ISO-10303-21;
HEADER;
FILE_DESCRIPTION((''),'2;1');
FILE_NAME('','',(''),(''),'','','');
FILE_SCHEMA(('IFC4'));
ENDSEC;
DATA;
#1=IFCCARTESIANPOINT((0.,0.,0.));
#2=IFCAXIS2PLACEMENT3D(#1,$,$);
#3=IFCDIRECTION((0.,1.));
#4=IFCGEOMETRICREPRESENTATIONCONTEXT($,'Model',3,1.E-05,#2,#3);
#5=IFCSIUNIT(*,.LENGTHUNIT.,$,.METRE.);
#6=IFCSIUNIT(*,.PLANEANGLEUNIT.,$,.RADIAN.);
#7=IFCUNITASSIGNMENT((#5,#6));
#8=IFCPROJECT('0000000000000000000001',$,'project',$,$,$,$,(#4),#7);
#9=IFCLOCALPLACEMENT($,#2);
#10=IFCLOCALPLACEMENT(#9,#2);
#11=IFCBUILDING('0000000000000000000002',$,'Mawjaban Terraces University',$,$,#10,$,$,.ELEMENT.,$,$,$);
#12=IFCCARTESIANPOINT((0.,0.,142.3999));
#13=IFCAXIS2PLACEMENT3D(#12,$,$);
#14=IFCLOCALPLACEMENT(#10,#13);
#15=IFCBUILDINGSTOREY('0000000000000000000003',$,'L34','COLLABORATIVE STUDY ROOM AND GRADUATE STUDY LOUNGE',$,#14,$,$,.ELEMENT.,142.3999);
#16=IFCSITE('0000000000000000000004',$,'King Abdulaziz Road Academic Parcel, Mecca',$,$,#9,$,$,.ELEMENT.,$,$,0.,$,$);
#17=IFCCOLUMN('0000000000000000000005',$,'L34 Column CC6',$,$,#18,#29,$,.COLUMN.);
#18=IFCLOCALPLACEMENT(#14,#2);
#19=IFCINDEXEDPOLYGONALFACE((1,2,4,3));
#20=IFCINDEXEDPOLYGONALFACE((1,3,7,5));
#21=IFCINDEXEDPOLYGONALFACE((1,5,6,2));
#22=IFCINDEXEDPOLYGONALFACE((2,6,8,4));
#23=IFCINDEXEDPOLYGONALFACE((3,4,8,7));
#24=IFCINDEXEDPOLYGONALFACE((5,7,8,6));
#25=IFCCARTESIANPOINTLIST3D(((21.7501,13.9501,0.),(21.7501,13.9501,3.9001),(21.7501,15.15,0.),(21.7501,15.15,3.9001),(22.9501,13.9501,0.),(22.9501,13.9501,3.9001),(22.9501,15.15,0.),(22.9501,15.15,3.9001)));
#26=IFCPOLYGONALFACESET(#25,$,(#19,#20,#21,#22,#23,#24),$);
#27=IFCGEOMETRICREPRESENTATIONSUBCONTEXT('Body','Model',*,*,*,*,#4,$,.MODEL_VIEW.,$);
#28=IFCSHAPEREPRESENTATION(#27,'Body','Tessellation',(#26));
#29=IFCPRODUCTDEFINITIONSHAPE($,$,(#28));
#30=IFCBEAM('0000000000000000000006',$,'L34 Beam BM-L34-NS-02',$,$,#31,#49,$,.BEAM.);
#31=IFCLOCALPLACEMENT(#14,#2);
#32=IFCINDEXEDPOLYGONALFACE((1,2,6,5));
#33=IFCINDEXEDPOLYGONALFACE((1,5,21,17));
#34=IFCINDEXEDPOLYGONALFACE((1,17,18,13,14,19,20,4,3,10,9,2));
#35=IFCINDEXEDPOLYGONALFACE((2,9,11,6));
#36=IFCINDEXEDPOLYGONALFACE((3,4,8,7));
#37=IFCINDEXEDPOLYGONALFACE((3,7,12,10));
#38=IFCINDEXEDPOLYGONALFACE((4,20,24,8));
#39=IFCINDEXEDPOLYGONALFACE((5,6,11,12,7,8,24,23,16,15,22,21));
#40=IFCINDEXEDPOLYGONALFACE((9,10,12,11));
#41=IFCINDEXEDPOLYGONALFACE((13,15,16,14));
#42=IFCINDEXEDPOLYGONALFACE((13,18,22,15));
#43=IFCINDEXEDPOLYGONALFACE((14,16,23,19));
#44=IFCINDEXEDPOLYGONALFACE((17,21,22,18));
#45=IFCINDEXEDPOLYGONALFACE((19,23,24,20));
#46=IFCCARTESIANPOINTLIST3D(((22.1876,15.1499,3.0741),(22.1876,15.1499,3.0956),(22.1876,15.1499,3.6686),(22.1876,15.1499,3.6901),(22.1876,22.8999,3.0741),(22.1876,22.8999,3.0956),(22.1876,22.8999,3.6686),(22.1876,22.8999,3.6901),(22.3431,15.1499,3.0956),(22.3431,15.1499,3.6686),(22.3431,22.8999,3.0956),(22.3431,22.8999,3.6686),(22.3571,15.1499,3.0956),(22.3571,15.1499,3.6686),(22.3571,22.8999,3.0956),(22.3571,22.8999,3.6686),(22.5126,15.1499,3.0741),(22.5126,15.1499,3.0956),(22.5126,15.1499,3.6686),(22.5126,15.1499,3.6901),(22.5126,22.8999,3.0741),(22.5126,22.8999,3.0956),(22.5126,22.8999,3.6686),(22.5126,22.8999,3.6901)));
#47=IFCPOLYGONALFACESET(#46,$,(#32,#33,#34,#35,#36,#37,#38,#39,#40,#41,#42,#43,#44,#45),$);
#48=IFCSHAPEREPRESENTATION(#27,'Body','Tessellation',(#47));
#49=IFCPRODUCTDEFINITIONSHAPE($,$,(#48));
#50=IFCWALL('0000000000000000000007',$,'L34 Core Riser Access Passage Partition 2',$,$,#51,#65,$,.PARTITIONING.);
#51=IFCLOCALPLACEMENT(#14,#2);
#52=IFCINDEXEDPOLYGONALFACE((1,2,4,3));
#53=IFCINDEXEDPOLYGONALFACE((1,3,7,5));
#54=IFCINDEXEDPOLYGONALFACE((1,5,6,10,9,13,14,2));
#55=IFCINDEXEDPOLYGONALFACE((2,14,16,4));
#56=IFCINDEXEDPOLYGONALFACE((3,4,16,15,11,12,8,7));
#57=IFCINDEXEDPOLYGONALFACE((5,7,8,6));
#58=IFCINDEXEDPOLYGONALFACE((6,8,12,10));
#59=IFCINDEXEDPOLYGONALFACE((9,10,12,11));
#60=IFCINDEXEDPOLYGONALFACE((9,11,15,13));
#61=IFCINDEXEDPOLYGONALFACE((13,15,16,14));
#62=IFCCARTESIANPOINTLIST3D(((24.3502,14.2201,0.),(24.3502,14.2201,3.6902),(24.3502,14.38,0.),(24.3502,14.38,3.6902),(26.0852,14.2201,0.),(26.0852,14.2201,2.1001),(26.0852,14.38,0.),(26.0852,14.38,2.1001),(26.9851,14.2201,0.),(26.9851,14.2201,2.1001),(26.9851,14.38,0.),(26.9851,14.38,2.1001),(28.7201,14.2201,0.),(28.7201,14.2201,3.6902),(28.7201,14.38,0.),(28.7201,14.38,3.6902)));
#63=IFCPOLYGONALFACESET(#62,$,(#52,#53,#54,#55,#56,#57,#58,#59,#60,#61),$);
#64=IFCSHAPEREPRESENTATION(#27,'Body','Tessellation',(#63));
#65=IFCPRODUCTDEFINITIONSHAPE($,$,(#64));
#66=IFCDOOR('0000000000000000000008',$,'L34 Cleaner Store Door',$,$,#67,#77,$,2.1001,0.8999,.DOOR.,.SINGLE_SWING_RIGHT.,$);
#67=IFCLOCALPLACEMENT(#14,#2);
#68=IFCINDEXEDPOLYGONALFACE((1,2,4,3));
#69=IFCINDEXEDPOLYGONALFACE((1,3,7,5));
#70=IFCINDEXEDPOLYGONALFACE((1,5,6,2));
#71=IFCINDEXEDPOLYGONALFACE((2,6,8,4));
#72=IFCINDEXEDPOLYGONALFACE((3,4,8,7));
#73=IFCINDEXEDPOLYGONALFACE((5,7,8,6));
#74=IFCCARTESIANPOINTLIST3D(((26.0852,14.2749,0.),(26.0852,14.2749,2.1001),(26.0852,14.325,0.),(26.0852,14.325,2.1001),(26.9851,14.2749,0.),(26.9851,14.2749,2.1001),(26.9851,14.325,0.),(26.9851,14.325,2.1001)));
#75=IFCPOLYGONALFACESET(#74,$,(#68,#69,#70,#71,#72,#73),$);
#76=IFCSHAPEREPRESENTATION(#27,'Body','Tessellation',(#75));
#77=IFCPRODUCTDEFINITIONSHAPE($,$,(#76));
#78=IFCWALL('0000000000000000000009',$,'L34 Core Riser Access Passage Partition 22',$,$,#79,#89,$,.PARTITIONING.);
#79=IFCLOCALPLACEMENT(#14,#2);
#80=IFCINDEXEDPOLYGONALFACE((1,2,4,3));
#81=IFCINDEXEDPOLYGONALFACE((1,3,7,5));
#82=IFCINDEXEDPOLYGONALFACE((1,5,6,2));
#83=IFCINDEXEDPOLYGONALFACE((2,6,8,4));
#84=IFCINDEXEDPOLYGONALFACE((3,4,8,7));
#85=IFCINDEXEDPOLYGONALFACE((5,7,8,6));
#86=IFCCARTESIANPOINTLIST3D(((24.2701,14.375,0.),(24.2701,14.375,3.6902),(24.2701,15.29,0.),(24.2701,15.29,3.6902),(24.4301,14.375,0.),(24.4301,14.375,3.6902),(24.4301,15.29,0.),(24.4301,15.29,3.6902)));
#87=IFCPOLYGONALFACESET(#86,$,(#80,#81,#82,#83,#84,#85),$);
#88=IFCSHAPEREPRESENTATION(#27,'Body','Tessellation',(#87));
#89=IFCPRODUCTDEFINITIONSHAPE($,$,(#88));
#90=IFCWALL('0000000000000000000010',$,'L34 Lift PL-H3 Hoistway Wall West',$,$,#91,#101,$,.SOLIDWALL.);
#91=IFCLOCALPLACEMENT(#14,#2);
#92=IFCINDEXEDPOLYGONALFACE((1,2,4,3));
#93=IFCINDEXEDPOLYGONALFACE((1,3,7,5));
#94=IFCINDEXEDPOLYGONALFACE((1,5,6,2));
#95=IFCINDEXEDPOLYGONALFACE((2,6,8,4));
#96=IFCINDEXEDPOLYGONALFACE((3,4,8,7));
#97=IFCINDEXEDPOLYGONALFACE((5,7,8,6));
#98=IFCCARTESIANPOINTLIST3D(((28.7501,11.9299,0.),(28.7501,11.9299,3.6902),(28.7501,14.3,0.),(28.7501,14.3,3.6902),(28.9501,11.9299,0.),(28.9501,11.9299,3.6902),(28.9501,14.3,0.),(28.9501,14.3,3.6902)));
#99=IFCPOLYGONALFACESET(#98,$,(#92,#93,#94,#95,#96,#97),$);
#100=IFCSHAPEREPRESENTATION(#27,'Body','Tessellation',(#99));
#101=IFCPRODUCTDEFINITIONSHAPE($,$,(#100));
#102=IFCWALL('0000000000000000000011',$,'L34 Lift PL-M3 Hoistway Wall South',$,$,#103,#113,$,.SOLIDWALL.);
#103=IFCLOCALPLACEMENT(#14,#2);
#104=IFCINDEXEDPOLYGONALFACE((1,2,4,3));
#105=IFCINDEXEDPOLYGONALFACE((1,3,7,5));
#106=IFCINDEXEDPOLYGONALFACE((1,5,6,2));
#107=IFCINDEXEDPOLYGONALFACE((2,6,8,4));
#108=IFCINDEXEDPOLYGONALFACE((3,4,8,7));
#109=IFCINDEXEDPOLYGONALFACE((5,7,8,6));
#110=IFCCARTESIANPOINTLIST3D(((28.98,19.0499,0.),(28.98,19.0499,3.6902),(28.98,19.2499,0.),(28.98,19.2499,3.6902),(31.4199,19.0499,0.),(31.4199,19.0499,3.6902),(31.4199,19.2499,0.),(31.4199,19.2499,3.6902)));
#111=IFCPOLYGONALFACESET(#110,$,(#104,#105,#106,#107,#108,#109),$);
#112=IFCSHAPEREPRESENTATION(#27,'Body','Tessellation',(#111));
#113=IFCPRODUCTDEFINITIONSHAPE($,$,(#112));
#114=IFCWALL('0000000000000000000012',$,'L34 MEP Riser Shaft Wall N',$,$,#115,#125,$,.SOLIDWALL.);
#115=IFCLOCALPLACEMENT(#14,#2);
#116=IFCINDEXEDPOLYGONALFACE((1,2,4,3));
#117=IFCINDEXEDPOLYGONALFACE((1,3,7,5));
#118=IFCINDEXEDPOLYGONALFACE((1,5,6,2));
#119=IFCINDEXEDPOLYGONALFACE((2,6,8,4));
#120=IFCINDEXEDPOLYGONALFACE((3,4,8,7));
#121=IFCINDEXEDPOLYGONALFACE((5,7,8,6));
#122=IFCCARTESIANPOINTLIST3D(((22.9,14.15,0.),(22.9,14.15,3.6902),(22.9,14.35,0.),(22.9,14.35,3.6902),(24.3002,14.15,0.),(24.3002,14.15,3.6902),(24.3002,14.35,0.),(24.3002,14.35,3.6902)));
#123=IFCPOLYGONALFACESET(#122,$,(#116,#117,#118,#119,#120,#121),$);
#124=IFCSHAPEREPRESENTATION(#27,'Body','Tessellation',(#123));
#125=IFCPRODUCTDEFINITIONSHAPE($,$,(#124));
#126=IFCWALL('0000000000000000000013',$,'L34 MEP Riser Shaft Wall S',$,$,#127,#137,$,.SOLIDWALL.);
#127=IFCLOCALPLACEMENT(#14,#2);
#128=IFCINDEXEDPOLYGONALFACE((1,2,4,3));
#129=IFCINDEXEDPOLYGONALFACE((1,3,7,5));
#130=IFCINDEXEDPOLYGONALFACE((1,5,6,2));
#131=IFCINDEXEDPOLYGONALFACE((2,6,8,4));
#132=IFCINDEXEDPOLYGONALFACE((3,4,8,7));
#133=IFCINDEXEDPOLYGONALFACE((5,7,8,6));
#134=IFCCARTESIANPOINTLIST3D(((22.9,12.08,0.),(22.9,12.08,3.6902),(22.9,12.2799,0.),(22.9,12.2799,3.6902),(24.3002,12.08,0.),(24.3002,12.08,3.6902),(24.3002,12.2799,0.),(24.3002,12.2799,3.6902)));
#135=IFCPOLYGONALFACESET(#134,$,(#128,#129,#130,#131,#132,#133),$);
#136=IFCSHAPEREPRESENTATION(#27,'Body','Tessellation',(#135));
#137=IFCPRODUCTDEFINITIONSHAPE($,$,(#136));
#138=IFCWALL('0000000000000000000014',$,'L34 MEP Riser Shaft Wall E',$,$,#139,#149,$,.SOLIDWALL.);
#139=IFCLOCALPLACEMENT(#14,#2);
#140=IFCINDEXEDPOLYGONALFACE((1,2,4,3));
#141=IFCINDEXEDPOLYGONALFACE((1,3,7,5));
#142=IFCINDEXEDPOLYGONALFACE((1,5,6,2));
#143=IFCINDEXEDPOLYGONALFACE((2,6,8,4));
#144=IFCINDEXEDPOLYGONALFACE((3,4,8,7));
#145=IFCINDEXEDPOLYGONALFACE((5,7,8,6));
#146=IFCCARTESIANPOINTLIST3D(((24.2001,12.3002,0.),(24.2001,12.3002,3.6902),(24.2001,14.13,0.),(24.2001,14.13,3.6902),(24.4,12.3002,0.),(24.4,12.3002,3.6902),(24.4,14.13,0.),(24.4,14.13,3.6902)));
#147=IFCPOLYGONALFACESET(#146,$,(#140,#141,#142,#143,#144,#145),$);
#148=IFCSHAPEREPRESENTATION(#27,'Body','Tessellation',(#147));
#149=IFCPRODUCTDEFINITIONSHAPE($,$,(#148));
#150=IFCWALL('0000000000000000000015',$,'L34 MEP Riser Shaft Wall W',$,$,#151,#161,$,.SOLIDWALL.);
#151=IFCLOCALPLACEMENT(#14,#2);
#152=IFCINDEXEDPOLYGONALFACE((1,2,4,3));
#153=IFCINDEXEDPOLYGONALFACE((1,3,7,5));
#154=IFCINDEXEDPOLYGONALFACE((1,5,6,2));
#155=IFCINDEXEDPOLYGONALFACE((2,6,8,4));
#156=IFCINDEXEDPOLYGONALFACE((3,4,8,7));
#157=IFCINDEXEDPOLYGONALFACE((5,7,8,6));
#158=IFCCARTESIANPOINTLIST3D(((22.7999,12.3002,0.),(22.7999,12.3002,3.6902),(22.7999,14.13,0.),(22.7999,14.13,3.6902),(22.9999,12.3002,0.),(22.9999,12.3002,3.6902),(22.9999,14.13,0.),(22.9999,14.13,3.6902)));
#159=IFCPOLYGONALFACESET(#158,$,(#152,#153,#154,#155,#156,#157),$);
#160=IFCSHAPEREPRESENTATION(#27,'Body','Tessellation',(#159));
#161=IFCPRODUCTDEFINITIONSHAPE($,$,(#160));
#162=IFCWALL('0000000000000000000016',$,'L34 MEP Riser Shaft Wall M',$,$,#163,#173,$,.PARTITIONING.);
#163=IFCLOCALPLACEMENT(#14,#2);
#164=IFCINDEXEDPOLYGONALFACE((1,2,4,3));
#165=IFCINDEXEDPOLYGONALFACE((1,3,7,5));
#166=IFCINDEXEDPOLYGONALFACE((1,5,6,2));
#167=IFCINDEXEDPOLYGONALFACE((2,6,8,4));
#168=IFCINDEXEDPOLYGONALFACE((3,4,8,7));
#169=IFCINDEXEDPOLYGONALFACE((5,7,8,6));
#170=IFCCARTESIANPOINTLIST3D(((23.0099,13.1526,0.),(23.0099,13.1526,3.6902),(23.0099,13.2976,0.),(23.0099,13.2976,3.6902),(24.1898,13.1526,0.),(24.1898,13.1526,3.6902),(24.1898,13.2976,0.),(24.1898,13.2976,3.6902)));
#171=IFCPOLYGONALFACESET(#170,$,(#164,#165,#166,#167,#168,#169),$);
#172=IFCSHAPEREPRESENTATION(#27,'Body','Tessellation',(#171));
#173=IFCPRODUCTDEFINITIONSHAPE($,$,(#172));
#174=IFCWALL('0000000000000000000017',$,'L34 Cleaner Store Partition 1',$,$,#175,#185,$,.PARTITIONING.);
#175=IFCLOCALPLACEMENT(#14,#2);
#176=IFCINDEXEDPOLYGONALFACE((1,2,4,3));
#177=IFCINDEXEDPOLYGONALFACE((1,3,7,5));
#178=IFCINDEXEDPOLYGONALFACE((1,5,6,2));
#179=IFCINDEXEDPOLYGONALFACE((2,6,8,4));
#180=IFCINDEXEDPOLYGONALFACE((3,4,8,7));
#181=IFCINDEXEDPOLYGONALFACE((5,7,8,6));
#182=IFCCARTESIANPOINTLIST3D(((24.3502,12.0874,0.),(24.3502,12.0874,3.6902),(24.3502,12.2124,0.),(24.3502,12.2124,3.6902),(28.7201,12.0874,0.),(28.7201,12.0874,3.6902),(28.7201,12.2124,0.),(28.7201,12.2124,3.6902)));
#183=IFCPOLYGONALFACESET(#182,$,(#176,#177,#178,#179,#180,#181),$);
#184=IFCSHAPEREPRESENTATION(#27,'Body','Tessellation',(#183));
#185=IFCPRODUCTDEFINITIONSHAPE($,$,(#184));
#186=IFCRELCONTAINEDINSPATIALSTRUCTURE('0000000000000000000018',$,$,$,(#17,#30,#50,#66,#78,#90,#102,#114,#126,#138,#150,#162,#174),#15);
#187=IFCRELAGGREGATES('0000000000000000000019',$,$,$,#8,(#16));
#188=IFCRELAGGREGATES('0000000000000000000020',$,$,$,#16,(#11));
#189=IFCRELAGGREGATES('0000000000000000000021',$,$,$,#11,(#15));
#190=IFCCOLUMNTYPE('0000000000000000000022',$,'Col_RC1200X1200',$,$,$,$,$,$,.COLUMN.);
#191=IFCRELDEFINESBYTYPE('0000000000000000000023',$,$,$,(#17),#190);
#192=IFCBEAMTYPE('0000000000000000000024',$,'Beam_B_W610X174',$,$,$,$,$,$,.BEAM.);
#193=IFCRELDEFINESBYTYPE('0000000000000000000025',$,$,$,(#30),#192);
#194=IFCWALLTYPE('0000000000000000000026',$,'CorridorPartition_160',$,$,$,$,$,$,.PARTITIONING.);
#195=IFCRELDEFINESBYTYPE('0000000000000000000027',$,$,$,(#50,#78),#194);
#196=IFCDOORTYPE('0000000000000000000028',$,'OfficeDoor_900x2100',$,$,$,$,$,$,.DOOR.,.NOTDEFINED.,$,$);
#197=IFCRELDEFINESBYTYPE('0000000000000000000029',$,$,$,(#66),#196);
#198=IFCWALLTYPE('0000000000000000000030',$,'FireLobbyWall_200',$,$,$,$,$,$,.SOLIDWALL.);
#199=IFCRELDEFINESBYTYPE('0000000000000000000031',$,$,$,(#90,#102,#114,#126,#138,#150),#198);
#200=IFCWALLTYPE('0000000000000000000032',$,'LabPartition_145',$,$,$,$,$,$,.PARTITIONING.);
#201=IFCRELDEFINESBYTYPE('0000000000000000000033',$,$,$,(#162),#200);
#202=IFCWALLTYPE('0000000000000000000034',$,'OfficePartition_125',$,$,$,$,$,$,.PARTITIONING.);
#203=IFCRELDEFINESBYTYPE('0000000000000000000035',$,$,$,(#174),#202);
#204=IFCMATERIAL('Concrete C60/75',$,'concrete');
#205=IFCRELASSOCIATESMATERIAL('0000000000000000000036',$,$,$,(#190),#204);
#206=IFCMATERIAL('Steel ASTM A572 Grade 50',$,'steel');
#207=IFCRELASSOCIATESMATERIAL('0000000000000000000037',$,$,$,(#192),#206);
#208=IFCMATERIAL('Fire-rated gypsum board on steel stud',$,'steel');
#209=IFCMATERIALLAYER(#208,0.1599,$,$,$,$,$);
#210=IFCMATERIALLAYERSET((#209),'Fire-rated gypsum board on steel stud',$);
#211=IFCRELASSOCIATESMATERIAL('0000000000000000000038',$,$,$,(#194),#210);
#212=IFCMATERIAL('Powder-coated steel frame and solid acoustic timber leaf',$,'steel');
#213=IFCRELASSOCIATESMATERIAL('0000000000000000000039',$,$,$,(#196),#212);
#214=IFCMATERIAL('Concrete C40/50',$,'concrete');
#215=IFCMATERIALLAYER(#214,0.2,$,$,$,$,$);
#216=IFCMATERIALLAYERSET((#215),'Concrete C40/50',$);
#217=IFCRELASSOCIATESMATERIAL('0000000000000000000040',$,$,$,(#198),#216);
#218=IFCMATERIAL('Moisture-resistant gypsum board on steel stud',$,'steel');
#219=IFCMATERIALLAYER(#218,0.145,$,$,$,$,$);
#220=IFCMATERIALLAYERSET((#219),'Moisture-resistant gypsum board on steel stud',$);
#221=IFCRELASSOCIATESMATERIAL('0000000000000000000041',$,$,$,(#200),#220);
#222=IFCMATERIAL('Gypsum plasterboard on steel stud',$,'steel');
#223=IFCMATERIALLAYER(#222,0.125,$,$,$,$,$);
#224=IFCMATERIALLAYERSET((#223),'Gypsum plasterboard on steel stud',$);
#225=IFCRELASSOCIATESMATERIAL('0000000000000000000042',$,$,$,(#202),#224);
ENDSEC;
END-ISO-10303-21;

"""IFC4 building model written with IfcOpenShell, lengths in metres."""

from ifc_helpers import new_model, si_unit, direction, frame, frame_2d, origin, origin_2d, place, context, subcontext, project, spatial, rectangle, i_section, extrude, material, layer, layer_set, material_profile, profile_set, type_object, element, fill, save


model = new_model("IFC4")

# Units and contexts
model_context = context("Model", 3, precision=1e-05, world=origin(), true_north=direction((0.0, 1.0)))
body_context = subcontext(model_context, "Body", "Model", "MODEL_VIEW")
ifc_project = project(units=[si_unit("LENGTHUNIT", "METRE"), si_unit("PLANEANGLEUNIT", "RADIAN")], contexts=[model_context])

# Site, building, storey
site_placement = place(None, origin())
site = spatial("IfcSite", under=ifc_project, at=site_placement, Name="King Abdulaziz Road Academic Parcel, Mecca", CompositionType="ELEMENT", RefElevation=0.0)
building_placement = place(site_placement, origin())
building = spatial("IfcBuilding", under=site, at=building_placement, Name="Mawjaban Terraces University", CompositionType="ELEMENT")
storey_placement = place(building_placement, frame((0.0, 0.0, 142.3999)))
storey = spatial("IfcBuildingStorey", under=building, at=storey_placement, Name="L34", Description="COLLABORATIVE STUDY ROOM AND GRADUATE STUDY LOUNGE", CompositionType="ELEMENT", Elevation=142.3999)

# Column
ifc_material_1 = material(Name="Concrete C60/75", Category="concrete")
ifc_material_profile_1 = material_profile(ifc_material_1, rectangle(XDim=1.2, YDim=1.2, at=origin_2d()), Name="RC1200X1200")
ifc_profile_set_1 = profile_set([ifc_material_profile_1], Name="Concrete C60/75")
column_type = type_object("IfcColumnType", Name="Col_RC1200X1200", PredefinedType="COLUMN", material=ifc_profile_set_1)
column_placement = place(storey_placement, frame((22.3501, 14.55, 0.0), z_axis=(0.0, 0.0, 1.0), x_axis=(1.0, 0.0, 0.0)))
element("IfcColumn", 1, at=column_placement, inside=storey, type_object=column_type, Name="L34 Column CC6", PredefinedType="COLUMN", context=body_context, shape_type="SweptSolid", body=[
    extrude(rectangle(XDim=1.2, YDim=1.2, at=origin_2d()), origin(), (0.0, 0.0, 1.0), 3.9001),
])

# Beam
ifc_material_2 = material(Name="Steel ASTM A572 Grade 50", Category="steel")
ifc_material_profile_2 = material_profile(ifc_material_2, i_section(OverallWidth=0.325, OverallDepth=0.616, WebThickness=0.0139, FlangeThickness=0.0215, at=origin_2d()), Name="W610X174")
ifc_profile_set_2 = profile_set([ifc_material_profile_2], Name="Steel ASTM A572 Grade 50")
beam_type = type_object("IfcBeamType", Name="Beam_B_W610X174", PredefinedType="BEAM", material=ifc_profile_set_2)
beam_placement = place(storey_placement, frame((22.3501, 15.1499, 3.3821), z_axis=(0.0, 1.0, 0.0), x_axis=(-1.0, 0.0, 0.0)))
element("IfcBeam", 2, at=beam_placement, inside=storey, type_object=beam_type, Name="L34 Beam BM-L34-NS-02", PredefinedType="BEAM", context=body_context, shape_type="SweptSolid", body=[
    extrude(i_section(OverallWidth=0.325, OverallDepth=0.616, WebThickness=0.0139, FlangeThickness=0.0215, at=origin_2d()), origin(), (0.0, 0.0, 1.0), 7.75),
])

# Wall, opening, door
ifc_material_3 = material(Name="Fire-rated gypsum board on steel stud", Category="steel")
ifc_layer_1 = layer(ifc_material_3, 0.1599)
ifc_layer_set_1 = layer_set([ifc_layer_1], Name="Fire-rated gypsum board on steel stud")
wall_type_1 = type_object("IfcWallType", Name="CorridorPartition_160", PredefinedType="PARTITIONING", material=ifc_layer_set_1)
wall_1_placement = place(storey_placement, frame((24.3501, 14.3, 0.0), z_axis=(0.0, 0.0, 1.0), x_axis=(1.0, 0.0, 0.0)))
wall_1 = element("IfcWall", 3, at=wall_1_placement, inside=storey, type_object=wall_type_1, Name="L34 Core Riser Access Passage Partition 2", PredefinedType="PARTITIONING", context=body_context, shape_type="SweptSolid", body=[
    extrude(rectangle(XDim=4.3699, YDim=0.1599, at=frame_2d((2.1851, 0.0))), origin(), (0.0, 0.0, 1.0), 3.6902),
])
opening_placement = place(wall_1_placement, frame((1.7351, 0.0, 0.0)))
opening = element("IfcOpeningElement", 4, at=opening_placement, cuts=wall_1, PredefinedType="OPENING", context=body_context, shape_type="SweptSolid", body=[
    extrude(rectangle(XDim=0.8999, YDim=2.1001, at=frame_2d((0.45, 1.05))), frame((0.0, 0.0898, 0.0), z_axis=(0.0, -1.0, 0.0), x_axis=(1.0, 0.0, 0.0)), (0.0, 0.0, 1.0), 0.1799),
])
ifc_material_4 = material(Name="Powder-coated steel frame and solid acoustic timber leaf", Category="steel")
door_type = type_object("IfcDoorType", Name="OfficeDoor_900x2100", OperationType="NOTDEFINED", PredefinedType="DOOR", material=ifc_material_4)
door_placement = place(opening_placement, origin())
door = element("IfcDoor", 5, at=door_placement, inside=storey, type_object=door_type, Name="L34 Cleaner Store Door", OperationType="SINGLE_SWING_RIGHT", OverallHeight=2.1001, OverallWidth=0.8999, PredefinedType="DOOR", context=body_context, shape_type="SweptSolid", body=[
    extrude(rectangle(XDim=0.8999, YDim=2.1001, at=frame_2d((0.45, 1.05))), frame((0.0, 0.0249, 0.0), z_axis=(0.0, -1.0, 0.0), x_axis=(1.0, 0.0, 0.0)), (0.0, 0.0, 1.0), 0.05),
])
fill(opening, door)

# Walls
wall_2_placement = place(storey_placement, frame((24.3501, 15.29, 0.0), z_axis=(0.0, 0.0, 1.0), x_axis=(0.0, -1.0, 0.0)))
element("IfcWall", 6, at=wall_2_placement, inside=storey, type_object=wall_type_1, Name="L34 Core Riser Access Passage Partition 22", PredefinedType="PARTITIONING", context=body_context, shape_type="SweptSolid", body=[
    extrude(rectangle(XDim=0.915, YDim=0.1599, at=frame_2d((0.4575, 0.0))), origin(), (0.0, 0.0, 1.0), 3.6902),
])
ifc_material_5 = material(Name="Concrete C40/50", Category="concrete")
ifc_layer_2 = layer(ifc_material_5, 0.2)
ifc_layer_set_2 = layer_set([ifc_layer_2], Name="Concrete C40/50")
wall_type_2 = type_object("IfcWallType", Name="FireLobbyWall_200", PredefinedType="SOLIDWALL", material=ifc_layer_set_2)
wall_3_placement = place(storey_placement, frame((28.8501, 14.3, 0.0), z_axis=(0.0, 0.0, 1.0), x_axis=(0.0, -1.0, 0.0)))
element("IfcWall", 7, at=wall_3_placement, inside=storey, type_object=wall_type_2, Name="L34 Lift PL-H3 Hoistway Wall West", PredefinedType="SOLIDWALL", context=body_context, shape_type="SweptSolid", body=[
    extrude(rectangle(XDim=2.3701, YDim=0.2, at=frame_2d((1.1851, 0.0))), origin(), (0.0, 0.0, 1.0), 3.6902),
])
wall_4_placement = place(storey_placement, frame((28.98, 19.1499, 0.0), z_axis=(0.0, 0.0, 1.0), x_axis=(1.0, 0.0, 0.0)))
element("IfcWall", 8, at=wall_4_placement, inside=storey, type_object=wall_type_2, Name="L34 Lift PL-M3 Hoistway Wall South", PredefinedType="SOLIDWALL", context=body_context, shape_type="SweptSolid", body=[
    extrude(rectangle(XDim=2.4399, YDim=0.2, at=frame_2d((1.22, 0.0))), origin(), (0.0, 0.0, 1.0), 3.6902),
])
for number, where, z_axis, x_axis, name in (
    (9, (22.8999, 14.25, 0.0), (0.0, 0.0, 1.0), (1.0, 0.0, 0.0), "L34 MEP Riser Shaft Wall N"),
    (10, (22.8999, 12.1799, 0.0), (0.0, 0.0, 1.0), (1.0, 0.0, 0.0), "L34 MEP Riser Shaft Wall S"),
):
    element("IfcWall", number, at=place(storey_placement, frame(where, z_axis=z_axis, x_axis=x_axis)), inside=storey, type_object=wall_type_2, Name=name, PredefinedType="SOLIDWALL", context=body_context, shape_type="SweptSolid", body=[
        extrude(rectangle(XDim=1.4001, YDim=0.2, at=frame_2d((0.7002, 0.0))), origin(), (0.0, 0.0, 1.0), 3.6902),
    ])
for number, where, z_axis, x_axis, name in (
    (11, (24.3, 12.3, 0.0), (0.0, 0.0, 1.0), (0.0, 1.0, 0.0), "L34 MEP Riser Shaft Wall E"),
    (12, (22.8999, 12.3, 0.0), (0.0, 0.0, 1.0), (0.0, 1.0, 0.0), "L34 MEP Riser Shaft Wall W"),
):
    element("IfcWall", number, at=place(storey_placement, frame(where, z_axis=z_axis, x_axis=x_axis)), inside=storey, type_object=wall_type_2, Name=name, PredefinedType="SOLIDWALL", context=body_context, shape_type="SweptSolid", body=[
        extrude(rectangle(XDim=1.8298, YDim=0.2, at=frame_2d((0.915, 0.0))), origin(), (0.0, 0.0, 1.0), 3.6902),
    ])
ifc_material_6 = material(Name="Moisture-resistant gypsum board on steel stud", Category="steel")
ifc_layer_3 = layer(ifc_material_6, 0.145)
ifc_layer_set_3 = layer_set([ifc_layer_3], Name="Moisture-resistant gypsum board on steel stud")
wall_type_3 = type_object("IfcWallType", Name="LabPartition_145", PredefinedType="PARTITIONING", material=ifc_layer_set_3)
wall_5_placement = place(storey_placement, frame((23.01, 13.2251, 0.0), z_axis=(0.0, 0.0, 1.0), x_axis=(1.0, 0.0, 0.0)))
element("IfcWall", 13, at=wall_5_placement, inside=storey, type_object=wall_type_3, Name="L34 MEP Riser Shaft Wall M", PredefinedType="PARTITIONING", context=body_context, shape_type="SweptSolid", body=[
    extrude(rectangle(XDim=1.1799, YDim=0.145, at=frame_2d((0.5898, 0.0))), origin(), (0.0, 0.0, 1.0), 3.6902),
])
ifc_material_7 = material(Name="Gypsum plasterboard on steel stud", Category="steel")
ifc_layer_4 = layer(ifc_material_7, 0.125)
ifc_layer_set_4 = layer_set([ifc_layer_4], Name="Gypsum plasterboard on steel stud")
wall_type_4 = type_object("IfcWallType", Name="OfficePartition_125", PredefinedType="PARTITIONING", material=ifc_layer_set_4)
wall_6_placement = place(storey_placement, frame((24.3501, 12.1499, 0.0), z_axis=(0.0, 0.0, 1.0), x_axis=(1.0, 0.0, 0.0)))
element("IfcWall", 14, at=wall_6_placement, inside=storey, type_object=wall_type_4, Name="L34 Cleaner Store Partition 1", PredefinedType="PARTITIONING", context=body_context, shape_type="SweptSolid", body=[
    extrude(rectangle(XDim=4.3699, YDim=0.125, at=frame_2d((2.1851, 0.0))), origin(), (0.0, 0.0, 1.0), 3.6902),
])

save(model, "model.ifc")
